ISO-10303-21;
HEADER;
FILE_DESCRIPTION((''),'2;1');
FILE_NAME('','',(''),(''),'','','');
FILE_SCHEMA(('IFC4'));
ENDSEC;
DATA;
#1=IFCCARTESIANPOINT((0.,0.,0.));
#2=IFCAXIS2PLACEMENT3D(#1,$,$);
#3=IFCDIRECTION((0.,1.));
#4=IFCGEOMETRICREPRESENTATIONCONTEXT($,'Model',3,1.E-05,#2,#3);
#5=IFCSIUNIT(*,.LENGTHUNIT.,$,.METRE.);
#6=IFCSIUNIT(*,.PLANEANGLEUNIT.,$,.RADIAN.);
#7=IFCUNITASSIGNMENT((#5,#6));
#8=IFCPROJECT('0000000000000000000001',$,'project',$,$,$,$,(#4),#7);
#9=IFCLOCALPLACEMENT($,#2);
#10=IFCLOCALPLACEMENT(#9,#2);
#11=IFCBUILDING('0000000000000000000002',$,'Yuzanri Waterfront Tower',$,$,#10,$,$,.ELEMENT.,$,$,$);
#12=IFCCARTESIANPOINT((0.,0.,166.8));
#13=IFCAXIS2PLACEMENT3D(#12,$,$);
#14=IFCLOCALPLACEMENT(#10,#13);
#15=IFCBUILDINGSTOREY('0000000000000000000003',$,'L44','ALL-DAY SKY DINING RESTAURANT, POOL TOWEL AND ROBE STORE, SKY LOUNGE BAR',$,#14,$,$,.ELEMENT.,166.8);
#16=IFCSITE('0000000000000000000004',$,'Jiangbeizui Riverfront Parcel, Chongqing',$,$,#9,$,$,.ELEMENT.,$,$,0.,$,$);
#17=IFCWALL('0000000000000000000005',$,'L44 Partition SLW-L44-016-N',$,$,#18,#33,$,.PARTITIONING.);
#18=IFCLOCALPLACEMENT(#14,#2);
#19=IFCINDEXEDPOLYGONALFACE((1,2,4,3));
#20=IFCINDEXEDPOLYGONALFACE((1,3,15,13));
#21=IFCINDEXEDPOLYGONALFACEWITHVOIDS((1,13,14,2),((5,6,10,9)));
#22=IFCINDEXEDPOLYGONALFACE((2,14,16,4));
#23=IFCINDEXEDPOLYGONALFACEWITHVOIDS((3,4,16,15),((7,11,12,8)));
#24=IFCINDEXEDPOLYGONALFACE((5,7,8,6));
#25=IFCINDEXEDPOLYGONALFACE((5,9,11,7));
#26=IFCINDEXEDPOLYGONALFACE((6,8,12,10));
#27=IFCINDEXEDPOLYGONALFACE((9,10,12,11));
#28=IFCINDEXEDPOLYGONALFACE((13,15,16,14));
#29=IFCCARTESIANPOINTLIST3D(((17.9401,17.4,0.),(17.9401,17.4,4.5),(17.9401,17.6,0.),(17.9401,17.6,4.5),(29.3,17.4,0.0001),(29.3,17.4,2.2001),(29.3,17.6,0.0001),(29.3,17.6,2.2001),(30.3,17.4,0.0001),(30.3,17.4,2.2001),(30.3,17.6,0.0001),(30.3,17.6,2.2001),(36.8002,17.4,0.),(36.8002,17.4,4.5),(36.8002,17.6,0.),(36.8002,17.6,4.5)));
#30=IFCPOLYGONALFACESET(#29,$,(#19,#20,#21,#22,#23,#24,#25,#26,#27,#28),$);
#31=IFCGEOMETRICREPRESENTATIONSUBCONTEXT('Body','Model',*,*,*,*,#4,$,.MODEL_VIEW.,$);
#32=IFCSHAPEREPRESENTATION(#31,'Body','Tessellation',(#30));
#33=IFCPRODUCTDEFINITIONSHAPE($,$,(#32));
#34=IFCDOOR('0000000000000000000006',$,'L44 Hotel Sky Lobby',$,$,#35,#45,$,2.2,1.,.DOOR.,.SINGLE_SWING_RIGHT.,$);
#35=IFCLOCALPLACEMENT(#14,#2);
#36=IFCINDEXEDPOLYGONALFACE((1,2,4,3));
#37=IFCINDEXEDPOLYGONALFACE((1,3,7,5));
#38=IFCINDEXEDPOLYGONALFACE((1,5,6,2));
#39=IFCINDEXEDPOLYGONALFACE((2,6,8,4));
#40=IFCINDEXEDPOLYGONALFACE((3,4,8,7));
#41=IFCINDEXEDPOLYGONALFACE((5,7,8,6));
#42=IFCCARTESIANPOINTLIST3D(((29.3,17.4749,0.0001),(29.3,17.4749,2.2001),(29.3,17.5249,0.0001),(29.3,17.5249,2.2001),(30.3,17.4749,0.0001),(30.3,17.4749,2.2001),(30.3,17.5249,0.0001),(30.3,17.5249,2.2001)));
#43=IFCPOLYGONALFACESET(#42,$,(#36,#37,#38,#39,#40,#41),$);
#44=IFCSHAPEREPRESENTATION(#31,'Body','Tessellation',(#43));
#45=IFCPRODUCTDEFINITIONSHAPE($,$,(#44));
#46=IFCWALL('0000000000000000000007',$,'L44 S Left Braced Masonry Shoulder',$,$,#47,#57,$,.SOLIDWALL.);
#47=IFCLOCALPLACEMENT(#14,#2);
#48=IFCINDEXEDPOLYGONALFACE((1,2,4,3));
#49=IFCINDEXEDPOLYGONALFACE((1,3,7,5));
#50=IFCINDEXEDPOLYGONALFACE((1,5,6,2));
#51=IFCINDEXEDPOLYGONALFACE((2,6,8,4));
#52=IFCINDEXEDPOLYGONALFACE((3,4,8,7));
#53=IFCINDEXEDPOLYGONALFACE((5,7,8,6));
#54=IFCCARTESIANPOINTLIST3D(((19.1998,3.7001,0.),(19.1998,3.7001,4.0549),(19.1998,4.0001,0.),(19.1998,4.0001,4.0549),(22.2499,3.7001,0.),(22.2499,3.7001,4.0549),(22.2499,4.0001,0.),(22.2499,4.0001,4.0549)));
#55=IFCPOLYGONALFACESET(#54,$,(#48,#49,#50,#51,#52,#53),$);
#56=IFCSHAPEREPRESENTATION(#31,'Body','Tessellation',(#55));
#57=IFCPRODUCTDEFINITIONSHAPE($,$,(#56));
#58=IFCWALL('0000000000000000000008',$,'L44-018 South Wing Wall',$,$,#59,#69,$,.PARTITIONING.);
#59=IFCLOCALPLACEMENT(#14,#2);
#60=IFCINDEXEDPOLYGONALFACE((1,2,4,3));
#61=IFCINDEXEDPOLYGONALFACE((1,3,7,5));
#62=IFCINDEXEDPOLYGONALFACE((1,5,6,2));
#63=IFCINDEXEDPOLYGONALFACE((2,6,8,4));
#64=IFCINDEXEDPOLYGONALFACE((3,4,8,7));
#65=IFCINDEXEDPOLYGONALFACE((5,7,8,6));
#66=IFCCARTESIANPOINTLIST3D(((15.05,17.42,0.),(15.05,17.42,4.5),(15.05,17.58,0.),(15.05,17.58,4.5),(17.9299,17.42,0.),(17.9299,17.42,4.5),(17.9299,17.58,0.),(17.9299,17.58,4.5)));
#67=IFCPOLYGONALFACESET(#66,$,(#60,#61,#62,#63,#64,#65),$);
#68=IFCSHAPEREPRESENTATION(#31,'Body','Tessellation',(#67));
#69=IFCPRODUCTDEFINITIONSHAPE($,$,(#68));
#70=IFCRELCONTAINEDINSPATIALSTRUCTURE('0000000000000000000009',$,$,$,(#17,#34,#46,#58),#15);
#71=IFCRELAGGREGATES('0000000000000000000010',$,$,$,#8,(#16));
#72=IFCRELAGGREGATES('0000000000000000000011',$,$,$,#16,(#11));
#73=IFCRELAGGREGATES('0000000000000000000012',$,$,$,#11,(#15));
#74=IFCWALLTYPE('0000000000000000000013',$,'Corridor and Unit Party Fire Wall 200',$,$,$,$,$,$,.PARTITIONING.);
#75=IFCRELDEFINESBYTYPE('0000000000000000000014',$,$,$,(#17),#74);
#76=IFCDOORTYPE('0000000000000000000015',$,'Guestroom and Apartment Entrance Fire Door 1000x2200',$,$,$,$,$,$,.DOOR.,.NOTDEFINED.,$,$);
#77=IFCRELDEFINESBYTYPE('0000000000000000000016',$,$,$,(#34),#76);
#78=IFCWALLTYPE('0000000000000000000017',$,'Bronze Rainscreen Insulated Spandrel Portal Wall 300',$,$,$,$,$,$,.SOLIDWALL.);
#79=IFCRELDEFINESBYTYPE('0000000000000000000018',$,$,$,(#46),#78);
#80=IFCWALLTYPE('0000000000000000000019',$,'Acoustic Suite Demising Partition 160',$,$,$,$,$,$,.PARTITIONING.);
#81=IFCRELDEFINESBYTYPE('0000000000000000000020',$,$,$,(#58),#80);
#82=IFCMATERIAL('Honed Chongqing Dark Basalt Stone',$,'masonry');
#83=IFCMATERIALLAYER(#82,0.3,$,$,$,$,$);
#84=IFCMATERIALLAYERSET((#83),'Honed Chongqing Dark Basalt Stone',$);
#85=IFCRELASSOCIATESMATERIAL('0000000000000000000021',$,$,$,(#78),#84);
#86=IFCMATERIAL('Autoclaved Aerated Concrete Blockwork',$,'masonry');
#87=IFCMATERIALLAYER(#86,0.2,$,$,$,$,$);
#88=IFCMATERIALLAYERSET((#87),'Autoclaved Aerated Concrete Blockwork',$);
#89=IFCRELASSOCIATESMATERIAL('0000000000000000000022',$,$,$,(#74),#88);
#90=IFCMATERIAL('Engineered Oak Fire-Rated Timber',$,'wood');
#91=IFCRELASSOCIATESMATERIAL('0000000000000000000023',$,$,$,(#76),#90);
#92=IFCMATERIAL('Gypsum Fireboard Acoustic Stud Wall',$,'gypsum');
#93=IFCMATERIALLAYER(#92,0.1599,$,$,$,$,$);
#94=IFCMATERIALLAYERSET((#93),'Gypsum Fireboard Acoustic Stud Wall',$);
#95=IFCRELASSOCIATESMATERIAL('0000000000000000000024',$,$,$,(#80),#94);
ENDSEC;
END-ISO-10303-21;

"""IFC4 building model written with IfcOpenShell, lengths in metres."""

from ifc_helpers import new_model, si_unit, direction, frame, frame_2d, origin, place, context, subcontext, project, spatial, rectangle, extrude, source, transform, mapped, material, layer, layer_set, type_object, element, fill, save


model = new_model("IFC4")

# Units and contexts
model_context = context("Model", 3, precision=1e-05, world=origin(), true_north=direction((0.0, 1.0)))
body_context = subcontext(model_context, "Body", "Model", "MODEL_VIEW")
ifc_project = project(units=[si_unit("LENGTHUNIT", "METRE"), si_unit("PLANEANGLEUNIT", "RADIAN")], contexts=[model_context])

# Site, building, storey
site_placement = place(None, origin())
site = spatial("IfcSite", under=ifc_project, at=site_placement, Name="Jiangbeizui Riverfront Parcel, Chongqing", CompositionType="ELEMENT", RefElevation=0.0)
building_placement = place(site_placement, origin())
building = spatial("IfcBuilding", under=site, at=building_placement, Name="Yuzanri Waterfront Tower", CompositionType="ELEMENT")
storey_placement = place(building_placement, frame((0.0, 0.0, 166.8)))
storey = spatial("IfcBuildingStorey", under=building, at=storey_placement, Name="L44", Description="ALL-DAY SKY DINING RESTAURANT, POOL TOWEL AND ROBE STORE, SKY LOUNGE BAR", CompositionType="ELEMENT", Elevation=166.8)

# Shared definitions
ifc_material_1 = material(Name="Honed Chongqing Dark Basalt Stone", Category="masonry")
ifc_layer_1 = layer(ifc_material_1, 0.3)
ifc_layer_set_1 = layer_set([ifc_layer_1], Name="Honed Chongqing Dark Basalt Stone")
wall_type_1 = type_object("IfcWallType", Name="Bronze Rainscreen Insulated Spandrel Portal Wall 300", PredefinedType="SOLIDWALL", material=ifc_layer_set_1)

# Wall, opening, door
ifc_material_2 = material(Name="Autoclaved Aerated Concrete Blockwork", Category="masonry")
ifc_layer_2 = layer(ifc_material_2, 0.2)
ifc_layer_set_2 = layer_set([ifc_layer_2], Name="Autoclaved Aerated Concrete Blockwork")
wall_type_2 = type_object("IfcWallType", Name="Corridor and Unit Party Fire Wall 200", PredefinedType="PARTITIONING", material=ifc_layer_set_2)
wall_1_placement = place(storey_placement, frame((17.9399, 17.5, 0.0), z_axis=(0.0, 0.0, 1.0), x_axis=(1.0, 0.0, 0.0)))
wall_1 = element("IfcWall", 1, at=wall_1_placement, inside=storey, type_object=wall_type_2, Name="L44 Partition SLW-L44-016-N", PredefinedType="PARTITIONING", context=body_context, shape_type="SweptSolid", body=[
    extrude(rectangle(XDim=18.8601, YDim=0.2, at=frame_2d((9.4302, 0.0))), origin(), (0.0, 0.0, 1.0), 4.5),
])
opening_1_placement = place(wall_1_placement, frame((11.3601, 0.0, 0.0)))
opening_1 = element("IfcOpeningElement", 2, at=opening_1_placement, cuts=wall_1, PredefinedType="OPENING", context=body_context, shape_type="SweptSolid", body=[
    extrude(rectangle(XDim=1.0, YDim=2.2, at=frame_2d((0.5, 1.1001))), frame((0.0, 0.1147, 0.0), z_axis=(0.0, -1.0, 0.0), x_axis=(1.0, 0.0, 0.0)), (0.0, 0.0, 1.0), 0.2297),
])
ifc_material_3 = material(Name="Engineered Oak Fire-Rated Timber", Category="wood")
door_type = type_object("IfcDoorType", Name="Guestroom and Apartment Entrance Fire Door 1000x2200", OperationType="NOTDEFINED", PredefinedType="DOOR", material=ifc_material_3)
shared_shape_1 = source(origin(), body_context, "Body", "SweptSolid", [
    extrude(rectangle(XDim=1.0, YDim=2.2, at=frame_2d((0.5, 1.1001))), frame((0.0, 0.0249, 0.0), z_axis=(0.0, -1.0, 0.0), x_axis=(1.0, 0.0, 0.0)), (0.0, 0.0, 1.0), 0.05),
])
door_placement = place(opening_1_placement, origin())
door = element("IfcDoor", 3, at=door_placement, inside=storey, type_object=door_type, Name="L44 Hotel Sky Lobby", OperationType="SINGLE_SWING_RIGHT", OverallHeight=2.2, OverallWidth=1.0, PredefinedType="DOOR", context=body_context, shape_type="MappedRepresentation", body=[
    mapped(shared_shape_1, transform((0.0, 0.0, 0.0), scale=1.0)),
])
fill(opening_1, door)

# Walls
shared_shape_2 = source(origin(), body_context, "Body", "SweptSolid", [
    extrude(rectangle(XDim=3.05, YDim=0.3, at=frame_2d((1.5249, 0.0))), origin(), (0.0, 0.0, 1.0), 4.0549),
])
wall_2_placement = place(storey_placement, frame((19.2, 3.8501, 0.0), z_axis=(0.0, 0.0, 1.0), x_axis=(1.0, 0.0, 0.0)))
element("IfcWall", 4, at=wall_2_placement, inside=storey, type_object=wall_type_1, Name="L44 S Left Braced Masonry Shoulder", PredefinedType="SOLIDWALL", context=body_context, shape_type="MappedRepresentation", body=[
    mapped(shared_shape_2, transform((0.0, 0.0, 0.0), scale=1.0)),
])
ifc_material_4 = material(Name="Gypsum Fireboard Acoustic Stud Wall", Category="gypsum")
ifc_layer_3 = layer(ifc_material_4, 0.1599)
ifc_layer_set_3 = layer_set([ifc_layer_3], Name="Gypsum Fireboard Acoustic Stud Wall")
wall_type_3 = type_object("IfcWallType", Name="Acoustic Suite Demising Partition 160", PredefinedType="PARTITIONING", material=ifc_layer_set_3)
shared_shape_3 = source(origin(), body_context, "Body", "SweptSolid", [
    extrude(rectangle(XDim=2.8799, YDim=0.1599, at=frame_2d((1.4399, 0.0))), origin(), (0.0, 0.0, 1.0), 4.5),
])
wall_3_placement = place(storey_placement, frame((15.05, 17.5, 0.0), z_axis=(0.0, 0.0, 1.0), x_axis=(1.0, 0.0, 0.0)))
element("IfcWall", 5, at=wall_3_placement, inside=storey, type_object=wall_type_3, Name="L44-018 South Wing Wall", PredefinedType="PARTITIONING", context=body_context, shape_type="MappedRepresentation", body=[
    mapped(shared_shape_3, transform((0.0, 0.0, 0.0), scale=1.0)),
])

save(model, "model.ifc")
